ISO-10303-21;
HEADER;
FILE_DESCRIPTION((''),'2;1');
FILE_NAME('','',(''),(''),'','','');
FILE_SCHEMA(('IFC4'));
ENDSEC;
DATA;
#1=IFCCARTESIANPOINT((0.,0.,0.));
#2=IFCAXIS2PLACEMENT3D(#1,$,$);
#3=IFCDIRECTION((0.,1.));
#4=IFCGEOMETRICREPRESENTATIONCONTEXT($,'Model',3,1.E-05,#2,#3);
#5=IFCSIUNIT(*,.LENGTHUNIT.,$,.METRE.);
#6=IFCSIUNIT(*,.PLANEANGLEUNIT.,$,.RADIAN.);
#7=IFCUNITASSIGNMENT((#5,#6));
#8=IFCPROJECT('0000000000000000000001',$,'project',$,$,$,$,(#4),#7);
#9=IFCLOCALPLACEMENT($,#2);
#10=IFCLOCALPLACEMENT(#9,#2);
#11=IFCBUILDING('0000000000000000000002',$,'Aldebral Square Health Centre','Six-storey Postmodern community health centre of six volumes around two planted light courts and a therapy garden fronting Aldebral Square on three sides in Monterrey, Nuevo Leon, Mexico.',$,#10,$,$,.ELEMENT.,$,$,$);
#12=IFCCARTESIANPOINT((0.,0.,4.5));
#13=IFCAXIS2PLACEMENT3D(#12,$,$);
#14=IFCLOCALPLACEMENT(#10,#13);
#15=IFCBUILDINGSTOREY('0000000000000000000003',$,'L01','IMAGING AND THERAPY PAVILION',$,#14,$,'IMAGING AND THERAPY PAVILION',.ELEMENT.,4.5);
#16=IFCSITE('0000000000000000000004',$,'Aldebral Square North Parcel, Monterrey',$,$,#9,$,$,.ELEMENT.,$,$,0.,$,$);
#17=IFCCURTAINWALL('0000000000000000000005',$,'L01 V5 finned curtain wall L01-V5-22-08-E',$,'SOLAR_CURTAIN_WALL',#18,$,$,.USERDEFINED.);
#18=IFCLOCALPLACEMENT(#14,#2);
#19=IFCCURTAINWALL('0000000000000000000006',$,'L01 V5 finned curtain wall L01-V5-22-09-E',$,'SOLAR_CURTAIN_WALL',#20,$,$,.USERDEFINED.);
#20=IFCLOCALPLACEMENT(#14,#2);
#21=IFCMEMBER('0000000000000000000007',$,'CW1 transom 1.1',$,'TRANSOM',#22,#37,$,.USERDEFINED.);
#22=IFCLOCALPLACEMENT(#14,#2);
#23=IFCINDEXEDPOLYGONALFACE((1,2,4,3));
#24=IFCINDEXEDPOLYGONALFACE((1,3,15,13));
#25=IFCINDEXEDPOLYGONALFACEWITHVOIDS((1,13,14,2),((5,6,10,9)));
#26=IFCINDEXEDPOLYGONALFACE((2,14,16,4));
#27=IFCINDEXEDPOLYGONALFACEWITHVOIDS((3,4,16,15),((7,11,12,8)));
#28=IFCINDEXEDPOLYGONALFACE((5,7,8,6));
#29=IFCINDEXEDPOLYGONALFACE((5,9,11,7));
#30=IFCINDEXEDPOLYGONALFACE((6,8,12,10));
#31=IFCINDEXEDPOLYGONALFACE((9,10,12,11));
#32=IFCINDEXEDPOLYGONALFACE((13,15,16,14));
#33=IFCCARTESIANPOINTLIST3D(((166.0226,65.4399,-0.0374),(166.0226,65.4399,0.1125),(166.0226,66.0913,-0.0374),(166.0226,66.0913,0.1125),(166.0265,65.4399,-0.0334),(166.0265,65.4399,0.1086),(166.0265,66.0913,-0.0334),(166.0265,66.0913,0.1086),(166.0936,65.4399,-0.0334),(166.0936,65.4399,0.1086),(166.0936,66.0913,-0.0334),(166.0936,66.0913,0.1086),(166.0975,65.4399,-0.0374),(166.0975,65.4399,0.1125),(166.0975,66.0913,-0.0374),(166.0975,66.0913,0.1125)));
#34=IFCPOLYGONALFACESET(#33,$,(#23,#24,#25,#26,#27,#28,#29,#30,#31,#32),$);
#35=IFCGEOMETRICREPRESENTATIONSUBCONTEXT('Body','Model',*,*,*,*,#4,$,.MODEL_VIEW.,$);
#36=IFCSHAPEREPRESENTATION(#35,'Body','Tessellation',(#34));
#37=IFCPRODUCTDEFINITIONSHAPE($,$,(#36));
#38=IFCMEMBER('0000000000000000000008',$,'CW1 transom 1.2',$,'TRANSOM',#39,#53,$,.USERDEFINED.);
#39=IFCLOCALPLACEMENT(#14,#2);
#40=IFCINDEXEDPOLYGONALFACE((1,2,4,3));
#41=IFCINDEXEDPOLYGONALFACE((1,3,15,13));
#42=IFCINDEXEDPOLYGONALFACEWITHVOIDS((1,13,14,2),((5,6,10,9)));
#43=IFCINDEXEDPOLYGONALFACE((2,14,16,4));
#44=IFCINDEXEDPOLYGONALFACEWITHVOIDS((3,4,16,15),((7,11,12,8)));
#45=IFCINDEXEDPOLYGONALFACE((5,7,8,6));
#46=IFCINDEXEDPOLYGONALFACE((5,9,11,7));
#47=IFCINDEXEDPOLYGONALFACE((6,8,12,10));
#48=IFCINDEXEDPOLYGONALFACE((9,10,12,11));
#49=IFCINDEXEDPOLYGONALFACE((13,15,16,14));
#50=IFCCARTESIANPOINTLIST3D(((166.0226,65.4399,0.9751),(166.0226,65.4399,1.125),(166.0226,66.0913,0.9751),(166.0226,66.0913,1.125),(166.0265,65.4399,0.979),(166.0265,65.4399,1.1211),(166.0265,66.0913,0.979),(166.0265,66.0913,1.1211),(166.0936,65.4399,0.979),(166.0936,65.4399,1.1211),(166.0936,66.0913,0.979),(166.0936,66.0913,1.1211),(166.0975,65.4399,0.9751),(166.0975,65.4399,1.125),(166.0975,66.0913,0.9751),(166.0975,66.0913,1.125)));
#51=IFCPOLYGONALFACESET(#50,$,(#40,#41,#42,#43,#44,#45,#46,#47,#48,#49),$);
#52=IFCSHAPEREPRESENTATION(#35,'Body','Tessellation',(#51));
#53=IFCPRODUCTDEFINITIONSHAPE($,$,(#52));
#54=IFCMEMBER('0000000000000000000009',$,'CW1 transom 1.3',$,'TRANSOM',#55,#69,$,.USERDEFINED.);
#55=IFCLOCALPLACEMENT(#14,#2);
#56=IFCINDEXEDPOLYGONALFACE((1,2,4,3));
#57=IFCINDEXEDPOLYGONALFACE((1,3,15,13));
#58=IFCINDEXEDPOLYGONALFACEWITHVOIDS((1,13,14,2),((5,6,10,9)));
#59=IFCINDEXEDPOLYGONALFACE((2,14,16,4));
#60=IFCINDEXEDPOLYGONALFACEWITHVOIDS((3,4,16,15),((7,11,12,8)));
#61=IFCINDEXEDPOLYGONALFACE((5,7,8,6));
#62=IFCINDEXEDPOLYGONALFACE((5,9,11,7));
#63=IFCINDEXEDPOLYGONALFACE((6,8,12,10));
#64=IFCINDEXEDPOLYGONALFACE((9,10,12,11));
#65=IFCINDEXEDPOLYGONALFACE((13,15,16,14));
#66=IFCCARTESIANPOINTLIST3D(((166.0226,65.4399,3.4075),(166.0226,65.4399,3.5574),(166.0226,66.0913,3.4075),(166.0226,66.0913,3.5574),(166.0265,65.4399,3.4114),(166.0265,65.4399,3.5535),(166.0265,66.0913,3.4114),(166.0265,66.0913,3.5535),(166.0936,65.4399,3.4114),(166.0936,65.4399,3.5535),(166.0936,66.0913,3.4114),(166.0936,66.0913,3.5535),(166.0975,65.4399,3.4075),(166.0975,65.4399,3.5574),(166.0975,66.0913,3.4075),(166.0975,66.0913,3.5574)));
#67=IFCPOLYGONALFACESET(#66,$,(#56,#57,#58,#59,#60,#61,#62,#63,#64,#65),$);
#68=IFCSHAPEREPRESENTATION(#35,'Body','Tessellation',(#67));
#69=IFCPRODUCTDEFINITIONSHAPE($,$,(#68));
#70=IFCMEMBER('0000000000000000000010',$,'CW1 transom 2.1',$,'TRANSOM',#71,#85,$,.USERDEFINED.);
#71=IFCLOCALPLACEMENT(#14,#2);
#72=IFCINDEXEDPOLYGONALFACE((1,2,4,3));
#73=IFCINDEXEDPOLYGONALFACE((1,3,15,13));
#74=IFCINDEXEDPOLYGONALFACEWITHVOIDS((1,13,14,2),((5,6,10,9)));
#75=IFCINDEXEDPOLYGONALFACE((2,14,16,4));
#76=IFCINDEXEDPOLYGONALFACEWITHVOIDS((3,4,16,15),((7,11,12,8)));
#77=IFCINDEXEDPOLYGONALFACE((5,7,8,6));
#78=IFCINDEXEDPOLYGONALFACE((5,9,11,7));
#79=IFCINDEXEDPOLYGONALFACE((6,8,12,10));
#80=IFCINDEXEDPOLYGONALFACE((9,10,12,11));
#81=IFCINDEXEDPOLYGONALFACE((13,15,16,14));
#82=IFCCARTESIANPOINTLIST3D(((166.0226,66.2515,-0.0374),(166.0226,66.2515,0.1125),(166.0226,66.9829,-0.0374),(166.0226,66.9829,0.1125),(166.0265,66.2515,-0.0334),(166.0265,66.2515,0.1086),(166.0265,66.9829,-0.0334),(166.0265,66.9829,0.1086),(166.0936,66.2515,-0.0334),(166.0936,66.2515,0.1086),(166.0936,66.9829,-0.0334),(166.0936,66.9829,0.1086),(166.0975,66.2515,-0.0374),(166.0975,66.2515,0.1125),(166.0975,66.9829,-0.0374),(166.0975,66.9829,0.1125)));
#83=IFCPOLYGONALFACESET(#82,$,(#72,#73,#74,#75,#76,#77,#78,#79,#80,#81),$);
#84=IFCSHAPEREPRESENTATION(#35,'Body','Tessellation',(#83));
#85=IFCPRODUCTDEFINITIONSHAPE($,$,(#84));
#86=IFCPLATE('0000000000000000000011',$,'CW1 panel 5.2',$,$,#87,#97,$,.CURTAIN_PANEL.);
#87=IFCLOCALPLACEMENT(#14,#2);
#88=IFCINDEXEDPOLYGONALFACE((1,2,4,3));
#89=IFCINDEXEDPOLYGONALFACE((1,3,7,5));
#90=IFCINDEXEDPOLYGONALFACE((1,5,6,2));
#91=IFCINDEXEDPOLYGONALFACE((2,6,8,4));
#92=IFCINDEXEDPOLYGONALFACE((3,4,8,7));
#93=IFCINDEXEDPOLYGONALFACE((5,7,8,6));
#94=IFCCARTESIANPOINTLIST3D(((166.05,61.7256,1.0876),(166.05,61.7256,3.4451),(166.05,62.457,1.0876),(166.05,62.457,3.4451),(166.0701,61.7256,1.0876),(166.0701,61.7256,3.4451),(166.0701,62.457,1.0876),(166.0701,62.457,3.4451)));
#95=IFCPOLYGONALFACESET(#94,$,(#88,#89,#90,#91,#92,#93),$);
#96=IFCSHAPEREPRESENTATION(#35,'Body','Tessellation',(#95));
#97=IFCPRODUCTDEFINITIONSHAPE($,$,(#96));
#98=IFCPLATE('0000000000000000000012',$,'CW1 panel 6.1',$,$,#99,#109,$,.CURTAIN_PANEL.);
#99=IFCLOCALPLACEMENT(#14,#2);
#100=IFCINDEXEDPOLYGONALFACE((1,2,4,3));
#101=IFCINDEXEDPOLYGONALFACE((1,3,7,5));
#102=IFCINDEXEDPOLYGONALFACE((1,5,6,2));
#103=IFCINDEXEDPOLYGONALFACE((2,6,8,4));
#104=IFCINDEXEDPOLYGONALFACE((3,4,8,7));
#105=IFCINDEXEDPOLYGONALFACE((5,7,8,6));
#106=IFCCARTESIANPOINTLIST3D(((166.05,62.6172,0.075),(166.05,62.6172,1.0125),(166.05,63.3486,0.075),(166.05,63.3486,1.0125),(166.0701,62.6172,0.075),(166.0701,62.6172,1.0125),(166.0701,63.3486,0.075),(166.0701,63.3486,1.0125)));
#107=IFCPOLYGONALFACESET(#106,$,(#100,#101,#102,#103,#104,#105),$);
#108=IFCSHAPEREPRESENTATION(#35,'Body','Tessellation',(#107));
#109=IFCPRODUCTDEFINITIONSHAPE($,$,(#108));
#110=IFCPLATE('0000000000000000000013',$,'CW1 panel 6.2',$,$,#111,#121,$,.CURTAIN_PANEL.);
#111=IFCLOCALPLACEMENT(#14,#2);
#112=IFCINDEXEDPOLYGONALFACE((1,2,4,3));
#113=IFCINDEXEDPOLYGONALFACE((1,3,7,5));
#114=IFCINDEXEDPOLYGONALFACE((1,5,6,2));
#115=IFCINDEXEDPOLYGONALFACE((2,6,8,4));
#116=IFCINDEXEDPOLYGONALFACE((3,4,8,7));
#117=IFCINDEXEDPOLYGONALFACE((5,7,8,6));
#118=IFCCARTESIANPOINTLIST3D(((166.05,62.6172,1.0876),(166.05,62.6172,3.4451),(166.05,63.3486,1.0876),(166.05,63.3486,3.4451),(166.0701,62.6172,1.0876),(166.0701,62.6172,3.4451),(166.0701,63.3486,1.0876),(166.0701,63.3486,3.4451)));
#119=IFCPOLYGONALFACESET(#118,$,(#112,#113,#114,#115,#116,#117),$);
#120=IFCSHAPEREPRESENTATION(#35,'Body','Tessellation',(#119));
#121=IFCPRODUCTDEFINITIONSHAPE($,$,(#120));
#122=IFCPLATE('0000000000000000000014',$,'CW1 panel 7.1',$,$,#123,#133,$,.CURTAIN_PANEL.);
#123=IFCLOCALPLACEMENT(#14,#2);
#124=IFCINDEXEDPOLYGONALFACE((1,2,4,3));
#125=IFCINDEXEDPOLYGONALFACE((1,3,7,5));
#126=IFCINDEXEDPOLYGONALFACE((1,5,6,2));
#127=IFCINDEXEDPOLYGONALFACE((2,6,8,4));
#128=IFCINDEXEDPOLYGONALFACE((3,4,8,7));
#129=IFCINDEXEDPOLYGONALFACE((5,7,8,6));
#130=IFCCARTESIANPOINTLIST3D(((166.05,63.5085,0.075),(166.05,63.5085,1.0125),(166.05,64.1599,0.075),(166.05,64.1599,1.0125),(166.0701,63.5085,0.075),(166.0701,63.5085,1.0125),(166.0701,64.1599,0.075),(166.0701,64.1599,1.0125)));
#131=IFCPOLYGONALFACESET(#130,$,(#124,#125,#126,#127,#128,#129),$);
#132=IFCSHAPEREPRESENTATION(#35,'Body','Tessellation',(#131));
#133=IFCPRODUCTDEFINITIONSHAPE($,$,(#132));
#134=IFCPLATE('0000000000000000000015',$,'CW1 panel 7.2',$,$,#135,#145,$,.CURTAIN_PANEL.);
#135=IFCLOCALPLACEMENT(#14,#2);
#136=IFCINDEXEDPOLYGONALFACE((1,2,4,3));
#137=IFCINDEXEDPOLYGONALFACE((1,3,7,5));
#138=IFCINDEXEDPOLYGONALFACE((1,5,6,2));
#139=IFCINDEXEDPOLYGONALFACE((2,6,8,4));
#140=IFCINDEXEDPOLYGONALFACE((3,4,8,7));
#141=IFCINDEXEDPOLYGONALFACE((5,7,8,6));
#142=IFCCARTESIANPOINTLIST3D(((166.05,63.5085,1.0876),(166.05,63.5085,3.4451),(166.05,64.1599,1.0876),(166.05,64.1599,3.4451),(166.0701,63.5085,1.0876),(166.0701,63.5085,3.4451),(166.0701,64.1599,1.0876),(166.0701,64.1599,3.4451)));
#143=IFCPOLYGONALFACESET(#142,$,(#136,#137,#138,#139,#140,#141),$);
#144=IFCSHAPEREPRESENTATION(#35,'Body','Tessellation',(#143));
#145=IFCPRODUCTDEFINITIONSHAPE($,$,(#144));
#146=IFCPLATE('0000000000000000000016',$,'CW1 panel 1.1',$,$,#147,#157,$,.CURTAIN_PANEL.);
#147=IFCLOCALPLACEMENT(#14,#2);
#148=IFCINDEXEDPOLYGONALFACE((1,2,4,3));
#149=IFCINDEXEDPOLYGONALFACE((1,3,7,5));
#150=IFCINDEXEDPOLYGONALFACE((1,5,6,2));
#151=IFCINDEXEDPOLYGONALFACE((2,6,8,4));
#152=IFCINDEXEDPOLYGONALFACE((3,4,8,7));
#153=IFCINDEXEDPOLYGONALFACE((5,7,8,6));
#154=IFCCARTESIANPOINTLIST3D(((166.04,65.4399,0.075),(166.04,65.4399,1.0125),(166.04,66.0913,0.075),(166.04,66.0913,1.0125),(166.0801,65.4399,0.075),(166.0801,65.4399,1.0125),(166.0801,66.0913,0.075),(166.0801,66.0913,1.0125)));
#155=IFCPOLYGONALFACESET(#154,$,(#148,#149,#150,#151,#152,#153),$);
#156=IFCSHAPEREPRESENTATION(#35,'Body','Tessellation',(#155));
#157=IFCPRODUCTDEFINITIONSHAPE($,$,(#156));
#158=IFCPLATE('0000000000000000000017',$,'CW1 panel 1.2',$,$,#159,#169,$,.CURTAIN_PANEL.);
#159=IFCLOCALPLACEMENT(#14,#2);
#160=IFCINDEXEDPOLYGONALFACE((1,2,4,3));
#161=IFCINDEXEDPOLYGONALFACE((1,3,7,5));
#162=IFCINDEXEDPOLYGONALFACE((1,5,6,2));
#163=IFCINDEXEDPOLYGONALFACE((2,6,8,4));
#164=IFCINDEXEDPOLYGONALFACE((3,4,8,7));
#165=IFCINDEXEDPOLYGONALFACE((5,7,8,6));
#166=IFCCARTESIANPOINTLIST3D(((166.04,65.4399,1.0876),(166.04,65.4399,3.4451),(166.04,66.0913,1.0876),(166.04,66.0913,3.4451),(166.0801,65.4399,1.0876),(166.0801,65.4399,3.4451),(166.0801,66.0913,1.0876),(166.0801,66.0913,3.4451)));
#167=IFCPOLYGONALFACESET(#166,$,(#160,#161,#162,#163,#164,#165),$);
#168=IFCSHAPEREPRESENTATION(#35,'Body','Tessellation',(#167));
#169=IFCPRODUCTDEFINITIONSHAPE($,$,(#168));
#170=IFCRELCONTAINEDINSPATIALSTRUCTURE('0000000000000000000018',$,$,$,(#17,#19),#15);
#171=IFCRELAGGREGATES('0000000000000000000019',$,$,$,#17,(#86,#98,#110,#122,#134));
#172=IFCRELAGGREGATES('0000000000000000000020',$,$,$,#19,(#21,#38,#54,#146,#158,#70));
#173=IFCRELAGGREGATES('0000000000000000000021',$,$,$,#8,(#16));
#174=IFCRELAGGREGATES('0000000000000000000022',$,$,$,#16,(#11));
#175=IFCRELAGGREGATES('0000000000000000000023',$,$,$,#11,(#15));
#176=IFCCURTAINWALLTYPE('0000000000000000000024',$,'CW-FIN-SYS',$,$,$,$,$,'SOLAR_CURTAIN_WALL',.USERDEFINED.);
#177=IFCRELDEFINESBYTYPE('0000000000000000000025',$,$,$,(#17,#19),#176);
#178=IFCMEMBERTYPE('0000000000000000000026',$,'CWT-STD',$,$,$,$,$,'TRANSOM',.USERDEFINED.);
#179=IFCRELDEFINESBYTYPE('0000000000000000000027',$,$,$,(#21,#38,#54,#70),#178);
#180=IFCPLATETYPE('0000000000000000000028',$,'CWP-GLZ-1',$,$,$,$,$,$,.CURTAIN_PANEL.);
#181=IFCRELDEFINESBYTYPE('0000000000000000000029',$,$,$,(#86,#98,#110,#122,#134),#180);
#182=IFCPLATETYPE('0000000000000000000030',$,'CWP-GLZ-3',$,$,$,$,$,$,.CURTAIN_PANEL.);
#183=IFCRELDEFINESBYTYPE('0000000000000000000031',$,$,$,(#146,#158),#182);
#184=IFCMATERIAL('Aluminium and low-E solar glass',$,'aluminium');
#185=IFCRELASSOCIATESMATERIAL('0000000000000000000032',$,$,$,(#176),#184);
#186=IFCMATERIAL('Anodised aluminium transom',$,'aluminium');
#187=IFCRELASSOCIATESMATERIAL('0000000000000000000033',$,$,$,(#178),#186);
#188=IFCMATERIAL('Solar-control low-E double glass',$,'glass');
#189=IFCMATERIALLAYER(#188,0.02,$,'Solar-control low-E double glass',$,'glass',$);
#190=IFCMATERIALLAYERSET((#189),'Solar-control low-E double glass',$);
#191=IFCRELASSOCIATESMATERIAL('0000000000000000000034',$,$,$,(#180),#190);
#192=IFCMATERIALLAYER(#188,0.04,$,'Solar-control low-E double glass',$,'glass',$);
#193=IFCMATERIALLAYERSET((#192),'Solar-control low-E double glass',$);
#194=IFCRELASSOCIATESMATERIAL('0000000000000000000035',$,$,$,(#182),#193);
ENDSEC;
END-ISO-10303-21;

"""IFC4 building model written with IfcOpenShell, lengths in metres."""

from ifc_helpers import new_model, si_unit, direction, frame, origin, origin_2d, place, context, subcontext, project, spatial, rectangle, hollow_rectangle, extrude, material, layer, layer_set, material_profile, profile_set, type_object, element, aggregate, save


model = new_model("IFC4")

# Units and contexts
model_context = context("Model", 3, precision=1e-05, world=origin(), true_north=direction((0.0, 1.0)))
body_context = subcontext(model_context, "Body", "Model", "MODEL_VIEW")
ifc_project = project(units=[si_unit("LENGTHUNIT", "METRE"), si_unit("PLANEANGLEUNIT", "RADIAN")], contexts=[model_context])

# Site, building, storey
site_placement = place(None, origin())
site = spatial("IfcSite", under=ifc_project, at=site_placement, Name="Aldebral Square North Parcel, Monterrey", CompositionType="ELEMENT", RefElevation=0.0)
building_placement = place(site_placement, origin())
building = spatial("IfcBuilding", under=site, at=building_placement, Name="Aldebral Square Health Centre", Description="Six-storey Postmodern community health centre of six volumes around two planted light courts and a therapy garden fronting Aldebral Square on three sides in Monterrey, Nuevo Leon, Mexico.", CompositionType="ELEMENT")
storey_placement = place(building_placement, frame((0.0, 0.0, 4.5)))
storey = spatial("IfcBuildingStorey", under=building, at=storey_placement, Name="L01", Description="IMAGING AND THERAPY PAVILION", LongName="IMAGING AND THERAPY PAVILION", CompositionType="ELEMENT", Elevation=4.5)

# Curtain walls
ifc_material_1 = material(Name="Aluminium and low-E solar glass", Category="aluminium")
curtain_wall_type = type_object("IfcCurtainWallType", Name="CW-FIN-SYS", ElementType="SOLAR_CURTAIN_WALL", PredefinedType="USERDEFINED", material=ifc_material_1)
curtain_wall_1_placement = place(storey_placement, origin())
curtain_wall_1 = element("IfcCurtainWall", 1, at=curtain_wall_1_placement, inside=storey, type_object=curtain_wall_type, Name="L01 V5 finned curtain wall L01-V5-22-08-E", ObjectType="SOLAR_CURTAIN_WALL", PredefinedType="USERDEFINED")
curtain_wall_2_placement = place(storey_placement, origin())
curtain_wall_2 = element("IfcCurtainWall", 2, at=curtain_wall_2_placement, inside=storey, type_object=curtain_wall_type, Name="L01 V5 finned curtain wall L01-V5-22-09-E", ObjectType="SOLAR_CURTAIN_WALL", PredefinedType="USERDEFINED")

# Members
ifc_material_2 = material(Name="Anodised aluminium transom", Category="aluminium")
ifc_material_profile_1 = material_profile(ifc_material_2, hollow_rectangle(XDim=0.075, YDim=0.1499, WallThickness=0.0039, at=origin_2d()), Name="CWT 75x150x4")
ifc_profile_set_1 = profile_set([ifc_material_profile_1], Name="Anodised aluminium transom")
member_type_1 = type_object("IfcMemberType", Name="CWT-STD", ElementType="TRANSOM", PredefinedType="USERDEFINED", material=ifc_profile_set_1)
member_1_placement = place(storey_placement, frame((166.0601, 65.4399, 0.0376), z_axis=(0.0, 1.0, 0.0), x_axis=(-1.0, 0.0, 0.0)))
member_1 = element("IfcMember", 3, at=member_1_placement, type_object=member_type_1, Name="CW1 transom 1.1", ObjectType="TRANSOM", PredefinedType="USERDEFINED", context=body_context, shape_type="SweptSolid", body=[
    extrude(hollow_rectangle(XDim=0.075, YDim=0.1499, WallThickness=0.0039, at=origin_2d()), origin(), (0.0, 0.0, 1.0), 0.6514),
])
member_2_placement = place(storey_placement, frame((166.0601, 65.4399, 1.05), z_axis=(0.0, 1.0, 0.0), x_axis=(-1.0, 0.0, 0.0)))
member_2 = element("IfcMember", 4, at=member_2_placement, type_object=member_type_1, Name="CW1 transom 1.2", ObjectType="TRANSOM", PredefinedType="USERDEFINED", context=body_context, shape_type="SweptSolid", body=[
    extrude(hollow_rectangle(XDim=0.075, YDim=0.1499, WallThickness=0.0039, at=origin_2d()), origin(), (0.0, 0.0, 1.0), 0.6514),
])
member_3_placement = place(storey_placement, frame((166.0601, 65.4399, 3.4824), z_axis=(0.0, 1.0, 0.0), x_axis=(-1.0, 0.0, 0.0)))
member_3 = element("IfcMember", 5, at=member_3_placement, type_object=member_type_1, Name="CW1 transom 1.3", ObjectType="TRANSOM", PredefinedType="USERDEFINED", context=body_context, shape_type="SweptSolid", body=[
    extrude(hollow_rectangle(XDim=0.075, YDim=0.1499, WallThickness=0.0039, at=origin_2d()), origin(), (0.0, 0.0, 1.0), 0.6514),
])
member_4_placement = place(storey_placement, frame((166.0601, 66.2515, 0.0376), z_axis=(0.0, 1.0, 0.0), x_axis=(-1.0, 0.0, 0.0)))
member_4 = element("IfcMember", 6, at=member_4_placement, type_object=member_type_1, Name="CW1 transom 2.1", ObjectType="TRANSOM", PredefinedType="USERDEFINED", context=body_context, shape_type="SweptSolid", body=[
    extrude(hollow_rectangle(XDim=0.075, YDim=0.1499, WallThickness=0.0039, at=origin_2d()), origin(), (0.0, 0.0, 1.0), 0.7314),
])

# Plates
ifc_material_3 = material(Name="Solar-control low-E double glass", Category="glass")
ifc_layer_1 = layer(ifc_material_3, 0.02, Name="Solar-control low-E double glass", Category="glass")
ifc_layer_set_1 = layer_set([ifc_layer_1], Name="Solar-control low-E double glass")
plate_type_1 = type_object("IfcPlateType", Name="CWP-GLZ-1", PredefinedType="CURTAIN_PANEL", material=ifc_layer_set_1)
plate_1_placement = place(storey_placement, frame((166.0601, 62.0913, 1.0876), z_axis=(0.0, 0.0, 1.0), x_axis=(0.0, 1.0, 0.0)))
plate_1 = element("IfcPlate", 7, at=plate_1_placement, type_object=plate_type_1, Name="CW1 panel 5.2", PredefinedType="CURTAIN_PANEL", context=body_context, shape_type="SweptSolid", body=[
    extrude(rectangle(XDim=0.7314, YDim=0.02, at=origin_2d()), origin(), (0.0, 0.0, 1.0), 2.3574),
])
plate_2_placement = place(storey_placement, frame((166.0601, 62.9829, 0.075), z_axis=(0.0, 0.0, 1.0), x_axis=(0.0, 1.0, 0.0)))
plate_2 = element("IfcPlate", 8, at=plate_2_placement, type_object=plate_type_1, Name="CW1 panel 6.1", PredefinedType="CURTAIN_PANEL", context=body_context, shape_type="SweptSolid", body=[
    extrude(rectangle(XDim=0.7314, YDim=0.02, at=origin_2d()), origin(), (0.0, 0.0, 1.0), 0.9375),
])
plate_3_placement = place(storey_placement, frame((166.0601, 62.9829, 1.0876), z_axis=(0.0, 0.0, 1.0), x_axis=(0.0, 1.0, 0.0)))
plate_3 = element("IfcPlate", 9, at=plate_3_placement, type_object=plate_type_1, Name="CW1 panel 6.2", PredefinedType="CURTAIN_PANEL", context=body_context, shape_type="SweptSolid", body=[
    extrude(rectangle(XDim=0.7314, YDim=0.02, at=origin_2d()), origin(), (0.0, 0.0, 1.0), 2.3574),
])
plate_4_placement = place(storey_placement, frame((166.0601, 63.8342, 0.075), z_axis=(0.0, 0.0, 1.0), x_axis=(0.0, 1.0, 0.0)))
plate_4 = element("IfcPlate", 10, at=plate_4_placement, type_object=plate_type_1, Name="CW1 panel 7.1", PredefinedType="CURTAIN_PANEL", context=body_context, shape_type="SweptSolid", body=[
    extrude(rectangle(XDim=0.6514, YDim=0.02, at=origin_2d()), origin(), (0.0, 0.0, 1.0), 0.9375),
])
plate_5_placement = place(storey_placement, frame((166.0601, 63.8342, 1.0876), z_axis=(0.0, 0.0, 1.0), x_axis=(0.0, 1.0, 0.0)))
plate_5 = element("IfcPlate", 11, at=plate_5_placement, type_object=plate_type_1, Name="CW1 panel 7.2", PredefinedType="CURTAIN_PANEL", context=body_context, shape_type="SweptSolid", body=[
    extrude(rectangle(XDim=0.6514, YDim=0.02, at=origin_2d()), origin(), (0.0, 0.0, 1.0), 2.3574),
])
aggregate(curtain_wall_1, [plate_1, plate_2, plate_3, plate_4, plate_5])
ifc_layer_2 = layer(ifc_material_3, 0.04, Name="Solar-control low-E double glass", Category="glass")
ifc_layer_set_2 = layer_set([ifc_layer_2], Name="Solar-control low-E double glass")
plate_type_2 = type_object("IfcPlateType", Name="CWP-GLZ-3", PredefinedType="CURTAIN_PANEL", material=ifc_layer_set_2)
plate_6_placement = place(storey_placement, frame((166.0601, 65.7656, 0.075), z_axis=(0.0, 0.0, 1.0), x_axis=(0.0, 1.0, 0.0)))
plate_6 = element("IfcPlate", 12, at=plate_6_placement, type_object=plate_type_2, Name="CW1 panel 1.1", PredefinedType="CURTAIN_PANEL", context=body_context, shape_type="SweptSolid", body=[
    extrude(rectangle(XDim=0.6514, YDim=0.04, at=origin_2d()), origin(), (0.0, 0.0, 1.0), 0.9375),
])
plate_7_placement = place(storey_placement, frame((166.0601, 65.7656, 1.0876), z_axis=(0.0, 0.0, 1.0), x_axis=(0.0, 1.0, 0.0)))
plate_7 = element("IfcPlate", 13, at=plate_7_placement, type_object=plate_type_2, Name="CW1 panel 1.2", PredefinedType="CURTAIN_PANEL", context=body_context, shape_type="SweptSolid", body=[
    extrude(rectangle(XDim=0.6514, YDim=0.04, at=origin_2d()), origin(), (0.0, 0.0, 1.0), 2.3574),
])
aggregate(curtain_wall_2, [member_1, member_2, member_3, plate_6, plate_7, member_4])

save(model, "model.ifc")
